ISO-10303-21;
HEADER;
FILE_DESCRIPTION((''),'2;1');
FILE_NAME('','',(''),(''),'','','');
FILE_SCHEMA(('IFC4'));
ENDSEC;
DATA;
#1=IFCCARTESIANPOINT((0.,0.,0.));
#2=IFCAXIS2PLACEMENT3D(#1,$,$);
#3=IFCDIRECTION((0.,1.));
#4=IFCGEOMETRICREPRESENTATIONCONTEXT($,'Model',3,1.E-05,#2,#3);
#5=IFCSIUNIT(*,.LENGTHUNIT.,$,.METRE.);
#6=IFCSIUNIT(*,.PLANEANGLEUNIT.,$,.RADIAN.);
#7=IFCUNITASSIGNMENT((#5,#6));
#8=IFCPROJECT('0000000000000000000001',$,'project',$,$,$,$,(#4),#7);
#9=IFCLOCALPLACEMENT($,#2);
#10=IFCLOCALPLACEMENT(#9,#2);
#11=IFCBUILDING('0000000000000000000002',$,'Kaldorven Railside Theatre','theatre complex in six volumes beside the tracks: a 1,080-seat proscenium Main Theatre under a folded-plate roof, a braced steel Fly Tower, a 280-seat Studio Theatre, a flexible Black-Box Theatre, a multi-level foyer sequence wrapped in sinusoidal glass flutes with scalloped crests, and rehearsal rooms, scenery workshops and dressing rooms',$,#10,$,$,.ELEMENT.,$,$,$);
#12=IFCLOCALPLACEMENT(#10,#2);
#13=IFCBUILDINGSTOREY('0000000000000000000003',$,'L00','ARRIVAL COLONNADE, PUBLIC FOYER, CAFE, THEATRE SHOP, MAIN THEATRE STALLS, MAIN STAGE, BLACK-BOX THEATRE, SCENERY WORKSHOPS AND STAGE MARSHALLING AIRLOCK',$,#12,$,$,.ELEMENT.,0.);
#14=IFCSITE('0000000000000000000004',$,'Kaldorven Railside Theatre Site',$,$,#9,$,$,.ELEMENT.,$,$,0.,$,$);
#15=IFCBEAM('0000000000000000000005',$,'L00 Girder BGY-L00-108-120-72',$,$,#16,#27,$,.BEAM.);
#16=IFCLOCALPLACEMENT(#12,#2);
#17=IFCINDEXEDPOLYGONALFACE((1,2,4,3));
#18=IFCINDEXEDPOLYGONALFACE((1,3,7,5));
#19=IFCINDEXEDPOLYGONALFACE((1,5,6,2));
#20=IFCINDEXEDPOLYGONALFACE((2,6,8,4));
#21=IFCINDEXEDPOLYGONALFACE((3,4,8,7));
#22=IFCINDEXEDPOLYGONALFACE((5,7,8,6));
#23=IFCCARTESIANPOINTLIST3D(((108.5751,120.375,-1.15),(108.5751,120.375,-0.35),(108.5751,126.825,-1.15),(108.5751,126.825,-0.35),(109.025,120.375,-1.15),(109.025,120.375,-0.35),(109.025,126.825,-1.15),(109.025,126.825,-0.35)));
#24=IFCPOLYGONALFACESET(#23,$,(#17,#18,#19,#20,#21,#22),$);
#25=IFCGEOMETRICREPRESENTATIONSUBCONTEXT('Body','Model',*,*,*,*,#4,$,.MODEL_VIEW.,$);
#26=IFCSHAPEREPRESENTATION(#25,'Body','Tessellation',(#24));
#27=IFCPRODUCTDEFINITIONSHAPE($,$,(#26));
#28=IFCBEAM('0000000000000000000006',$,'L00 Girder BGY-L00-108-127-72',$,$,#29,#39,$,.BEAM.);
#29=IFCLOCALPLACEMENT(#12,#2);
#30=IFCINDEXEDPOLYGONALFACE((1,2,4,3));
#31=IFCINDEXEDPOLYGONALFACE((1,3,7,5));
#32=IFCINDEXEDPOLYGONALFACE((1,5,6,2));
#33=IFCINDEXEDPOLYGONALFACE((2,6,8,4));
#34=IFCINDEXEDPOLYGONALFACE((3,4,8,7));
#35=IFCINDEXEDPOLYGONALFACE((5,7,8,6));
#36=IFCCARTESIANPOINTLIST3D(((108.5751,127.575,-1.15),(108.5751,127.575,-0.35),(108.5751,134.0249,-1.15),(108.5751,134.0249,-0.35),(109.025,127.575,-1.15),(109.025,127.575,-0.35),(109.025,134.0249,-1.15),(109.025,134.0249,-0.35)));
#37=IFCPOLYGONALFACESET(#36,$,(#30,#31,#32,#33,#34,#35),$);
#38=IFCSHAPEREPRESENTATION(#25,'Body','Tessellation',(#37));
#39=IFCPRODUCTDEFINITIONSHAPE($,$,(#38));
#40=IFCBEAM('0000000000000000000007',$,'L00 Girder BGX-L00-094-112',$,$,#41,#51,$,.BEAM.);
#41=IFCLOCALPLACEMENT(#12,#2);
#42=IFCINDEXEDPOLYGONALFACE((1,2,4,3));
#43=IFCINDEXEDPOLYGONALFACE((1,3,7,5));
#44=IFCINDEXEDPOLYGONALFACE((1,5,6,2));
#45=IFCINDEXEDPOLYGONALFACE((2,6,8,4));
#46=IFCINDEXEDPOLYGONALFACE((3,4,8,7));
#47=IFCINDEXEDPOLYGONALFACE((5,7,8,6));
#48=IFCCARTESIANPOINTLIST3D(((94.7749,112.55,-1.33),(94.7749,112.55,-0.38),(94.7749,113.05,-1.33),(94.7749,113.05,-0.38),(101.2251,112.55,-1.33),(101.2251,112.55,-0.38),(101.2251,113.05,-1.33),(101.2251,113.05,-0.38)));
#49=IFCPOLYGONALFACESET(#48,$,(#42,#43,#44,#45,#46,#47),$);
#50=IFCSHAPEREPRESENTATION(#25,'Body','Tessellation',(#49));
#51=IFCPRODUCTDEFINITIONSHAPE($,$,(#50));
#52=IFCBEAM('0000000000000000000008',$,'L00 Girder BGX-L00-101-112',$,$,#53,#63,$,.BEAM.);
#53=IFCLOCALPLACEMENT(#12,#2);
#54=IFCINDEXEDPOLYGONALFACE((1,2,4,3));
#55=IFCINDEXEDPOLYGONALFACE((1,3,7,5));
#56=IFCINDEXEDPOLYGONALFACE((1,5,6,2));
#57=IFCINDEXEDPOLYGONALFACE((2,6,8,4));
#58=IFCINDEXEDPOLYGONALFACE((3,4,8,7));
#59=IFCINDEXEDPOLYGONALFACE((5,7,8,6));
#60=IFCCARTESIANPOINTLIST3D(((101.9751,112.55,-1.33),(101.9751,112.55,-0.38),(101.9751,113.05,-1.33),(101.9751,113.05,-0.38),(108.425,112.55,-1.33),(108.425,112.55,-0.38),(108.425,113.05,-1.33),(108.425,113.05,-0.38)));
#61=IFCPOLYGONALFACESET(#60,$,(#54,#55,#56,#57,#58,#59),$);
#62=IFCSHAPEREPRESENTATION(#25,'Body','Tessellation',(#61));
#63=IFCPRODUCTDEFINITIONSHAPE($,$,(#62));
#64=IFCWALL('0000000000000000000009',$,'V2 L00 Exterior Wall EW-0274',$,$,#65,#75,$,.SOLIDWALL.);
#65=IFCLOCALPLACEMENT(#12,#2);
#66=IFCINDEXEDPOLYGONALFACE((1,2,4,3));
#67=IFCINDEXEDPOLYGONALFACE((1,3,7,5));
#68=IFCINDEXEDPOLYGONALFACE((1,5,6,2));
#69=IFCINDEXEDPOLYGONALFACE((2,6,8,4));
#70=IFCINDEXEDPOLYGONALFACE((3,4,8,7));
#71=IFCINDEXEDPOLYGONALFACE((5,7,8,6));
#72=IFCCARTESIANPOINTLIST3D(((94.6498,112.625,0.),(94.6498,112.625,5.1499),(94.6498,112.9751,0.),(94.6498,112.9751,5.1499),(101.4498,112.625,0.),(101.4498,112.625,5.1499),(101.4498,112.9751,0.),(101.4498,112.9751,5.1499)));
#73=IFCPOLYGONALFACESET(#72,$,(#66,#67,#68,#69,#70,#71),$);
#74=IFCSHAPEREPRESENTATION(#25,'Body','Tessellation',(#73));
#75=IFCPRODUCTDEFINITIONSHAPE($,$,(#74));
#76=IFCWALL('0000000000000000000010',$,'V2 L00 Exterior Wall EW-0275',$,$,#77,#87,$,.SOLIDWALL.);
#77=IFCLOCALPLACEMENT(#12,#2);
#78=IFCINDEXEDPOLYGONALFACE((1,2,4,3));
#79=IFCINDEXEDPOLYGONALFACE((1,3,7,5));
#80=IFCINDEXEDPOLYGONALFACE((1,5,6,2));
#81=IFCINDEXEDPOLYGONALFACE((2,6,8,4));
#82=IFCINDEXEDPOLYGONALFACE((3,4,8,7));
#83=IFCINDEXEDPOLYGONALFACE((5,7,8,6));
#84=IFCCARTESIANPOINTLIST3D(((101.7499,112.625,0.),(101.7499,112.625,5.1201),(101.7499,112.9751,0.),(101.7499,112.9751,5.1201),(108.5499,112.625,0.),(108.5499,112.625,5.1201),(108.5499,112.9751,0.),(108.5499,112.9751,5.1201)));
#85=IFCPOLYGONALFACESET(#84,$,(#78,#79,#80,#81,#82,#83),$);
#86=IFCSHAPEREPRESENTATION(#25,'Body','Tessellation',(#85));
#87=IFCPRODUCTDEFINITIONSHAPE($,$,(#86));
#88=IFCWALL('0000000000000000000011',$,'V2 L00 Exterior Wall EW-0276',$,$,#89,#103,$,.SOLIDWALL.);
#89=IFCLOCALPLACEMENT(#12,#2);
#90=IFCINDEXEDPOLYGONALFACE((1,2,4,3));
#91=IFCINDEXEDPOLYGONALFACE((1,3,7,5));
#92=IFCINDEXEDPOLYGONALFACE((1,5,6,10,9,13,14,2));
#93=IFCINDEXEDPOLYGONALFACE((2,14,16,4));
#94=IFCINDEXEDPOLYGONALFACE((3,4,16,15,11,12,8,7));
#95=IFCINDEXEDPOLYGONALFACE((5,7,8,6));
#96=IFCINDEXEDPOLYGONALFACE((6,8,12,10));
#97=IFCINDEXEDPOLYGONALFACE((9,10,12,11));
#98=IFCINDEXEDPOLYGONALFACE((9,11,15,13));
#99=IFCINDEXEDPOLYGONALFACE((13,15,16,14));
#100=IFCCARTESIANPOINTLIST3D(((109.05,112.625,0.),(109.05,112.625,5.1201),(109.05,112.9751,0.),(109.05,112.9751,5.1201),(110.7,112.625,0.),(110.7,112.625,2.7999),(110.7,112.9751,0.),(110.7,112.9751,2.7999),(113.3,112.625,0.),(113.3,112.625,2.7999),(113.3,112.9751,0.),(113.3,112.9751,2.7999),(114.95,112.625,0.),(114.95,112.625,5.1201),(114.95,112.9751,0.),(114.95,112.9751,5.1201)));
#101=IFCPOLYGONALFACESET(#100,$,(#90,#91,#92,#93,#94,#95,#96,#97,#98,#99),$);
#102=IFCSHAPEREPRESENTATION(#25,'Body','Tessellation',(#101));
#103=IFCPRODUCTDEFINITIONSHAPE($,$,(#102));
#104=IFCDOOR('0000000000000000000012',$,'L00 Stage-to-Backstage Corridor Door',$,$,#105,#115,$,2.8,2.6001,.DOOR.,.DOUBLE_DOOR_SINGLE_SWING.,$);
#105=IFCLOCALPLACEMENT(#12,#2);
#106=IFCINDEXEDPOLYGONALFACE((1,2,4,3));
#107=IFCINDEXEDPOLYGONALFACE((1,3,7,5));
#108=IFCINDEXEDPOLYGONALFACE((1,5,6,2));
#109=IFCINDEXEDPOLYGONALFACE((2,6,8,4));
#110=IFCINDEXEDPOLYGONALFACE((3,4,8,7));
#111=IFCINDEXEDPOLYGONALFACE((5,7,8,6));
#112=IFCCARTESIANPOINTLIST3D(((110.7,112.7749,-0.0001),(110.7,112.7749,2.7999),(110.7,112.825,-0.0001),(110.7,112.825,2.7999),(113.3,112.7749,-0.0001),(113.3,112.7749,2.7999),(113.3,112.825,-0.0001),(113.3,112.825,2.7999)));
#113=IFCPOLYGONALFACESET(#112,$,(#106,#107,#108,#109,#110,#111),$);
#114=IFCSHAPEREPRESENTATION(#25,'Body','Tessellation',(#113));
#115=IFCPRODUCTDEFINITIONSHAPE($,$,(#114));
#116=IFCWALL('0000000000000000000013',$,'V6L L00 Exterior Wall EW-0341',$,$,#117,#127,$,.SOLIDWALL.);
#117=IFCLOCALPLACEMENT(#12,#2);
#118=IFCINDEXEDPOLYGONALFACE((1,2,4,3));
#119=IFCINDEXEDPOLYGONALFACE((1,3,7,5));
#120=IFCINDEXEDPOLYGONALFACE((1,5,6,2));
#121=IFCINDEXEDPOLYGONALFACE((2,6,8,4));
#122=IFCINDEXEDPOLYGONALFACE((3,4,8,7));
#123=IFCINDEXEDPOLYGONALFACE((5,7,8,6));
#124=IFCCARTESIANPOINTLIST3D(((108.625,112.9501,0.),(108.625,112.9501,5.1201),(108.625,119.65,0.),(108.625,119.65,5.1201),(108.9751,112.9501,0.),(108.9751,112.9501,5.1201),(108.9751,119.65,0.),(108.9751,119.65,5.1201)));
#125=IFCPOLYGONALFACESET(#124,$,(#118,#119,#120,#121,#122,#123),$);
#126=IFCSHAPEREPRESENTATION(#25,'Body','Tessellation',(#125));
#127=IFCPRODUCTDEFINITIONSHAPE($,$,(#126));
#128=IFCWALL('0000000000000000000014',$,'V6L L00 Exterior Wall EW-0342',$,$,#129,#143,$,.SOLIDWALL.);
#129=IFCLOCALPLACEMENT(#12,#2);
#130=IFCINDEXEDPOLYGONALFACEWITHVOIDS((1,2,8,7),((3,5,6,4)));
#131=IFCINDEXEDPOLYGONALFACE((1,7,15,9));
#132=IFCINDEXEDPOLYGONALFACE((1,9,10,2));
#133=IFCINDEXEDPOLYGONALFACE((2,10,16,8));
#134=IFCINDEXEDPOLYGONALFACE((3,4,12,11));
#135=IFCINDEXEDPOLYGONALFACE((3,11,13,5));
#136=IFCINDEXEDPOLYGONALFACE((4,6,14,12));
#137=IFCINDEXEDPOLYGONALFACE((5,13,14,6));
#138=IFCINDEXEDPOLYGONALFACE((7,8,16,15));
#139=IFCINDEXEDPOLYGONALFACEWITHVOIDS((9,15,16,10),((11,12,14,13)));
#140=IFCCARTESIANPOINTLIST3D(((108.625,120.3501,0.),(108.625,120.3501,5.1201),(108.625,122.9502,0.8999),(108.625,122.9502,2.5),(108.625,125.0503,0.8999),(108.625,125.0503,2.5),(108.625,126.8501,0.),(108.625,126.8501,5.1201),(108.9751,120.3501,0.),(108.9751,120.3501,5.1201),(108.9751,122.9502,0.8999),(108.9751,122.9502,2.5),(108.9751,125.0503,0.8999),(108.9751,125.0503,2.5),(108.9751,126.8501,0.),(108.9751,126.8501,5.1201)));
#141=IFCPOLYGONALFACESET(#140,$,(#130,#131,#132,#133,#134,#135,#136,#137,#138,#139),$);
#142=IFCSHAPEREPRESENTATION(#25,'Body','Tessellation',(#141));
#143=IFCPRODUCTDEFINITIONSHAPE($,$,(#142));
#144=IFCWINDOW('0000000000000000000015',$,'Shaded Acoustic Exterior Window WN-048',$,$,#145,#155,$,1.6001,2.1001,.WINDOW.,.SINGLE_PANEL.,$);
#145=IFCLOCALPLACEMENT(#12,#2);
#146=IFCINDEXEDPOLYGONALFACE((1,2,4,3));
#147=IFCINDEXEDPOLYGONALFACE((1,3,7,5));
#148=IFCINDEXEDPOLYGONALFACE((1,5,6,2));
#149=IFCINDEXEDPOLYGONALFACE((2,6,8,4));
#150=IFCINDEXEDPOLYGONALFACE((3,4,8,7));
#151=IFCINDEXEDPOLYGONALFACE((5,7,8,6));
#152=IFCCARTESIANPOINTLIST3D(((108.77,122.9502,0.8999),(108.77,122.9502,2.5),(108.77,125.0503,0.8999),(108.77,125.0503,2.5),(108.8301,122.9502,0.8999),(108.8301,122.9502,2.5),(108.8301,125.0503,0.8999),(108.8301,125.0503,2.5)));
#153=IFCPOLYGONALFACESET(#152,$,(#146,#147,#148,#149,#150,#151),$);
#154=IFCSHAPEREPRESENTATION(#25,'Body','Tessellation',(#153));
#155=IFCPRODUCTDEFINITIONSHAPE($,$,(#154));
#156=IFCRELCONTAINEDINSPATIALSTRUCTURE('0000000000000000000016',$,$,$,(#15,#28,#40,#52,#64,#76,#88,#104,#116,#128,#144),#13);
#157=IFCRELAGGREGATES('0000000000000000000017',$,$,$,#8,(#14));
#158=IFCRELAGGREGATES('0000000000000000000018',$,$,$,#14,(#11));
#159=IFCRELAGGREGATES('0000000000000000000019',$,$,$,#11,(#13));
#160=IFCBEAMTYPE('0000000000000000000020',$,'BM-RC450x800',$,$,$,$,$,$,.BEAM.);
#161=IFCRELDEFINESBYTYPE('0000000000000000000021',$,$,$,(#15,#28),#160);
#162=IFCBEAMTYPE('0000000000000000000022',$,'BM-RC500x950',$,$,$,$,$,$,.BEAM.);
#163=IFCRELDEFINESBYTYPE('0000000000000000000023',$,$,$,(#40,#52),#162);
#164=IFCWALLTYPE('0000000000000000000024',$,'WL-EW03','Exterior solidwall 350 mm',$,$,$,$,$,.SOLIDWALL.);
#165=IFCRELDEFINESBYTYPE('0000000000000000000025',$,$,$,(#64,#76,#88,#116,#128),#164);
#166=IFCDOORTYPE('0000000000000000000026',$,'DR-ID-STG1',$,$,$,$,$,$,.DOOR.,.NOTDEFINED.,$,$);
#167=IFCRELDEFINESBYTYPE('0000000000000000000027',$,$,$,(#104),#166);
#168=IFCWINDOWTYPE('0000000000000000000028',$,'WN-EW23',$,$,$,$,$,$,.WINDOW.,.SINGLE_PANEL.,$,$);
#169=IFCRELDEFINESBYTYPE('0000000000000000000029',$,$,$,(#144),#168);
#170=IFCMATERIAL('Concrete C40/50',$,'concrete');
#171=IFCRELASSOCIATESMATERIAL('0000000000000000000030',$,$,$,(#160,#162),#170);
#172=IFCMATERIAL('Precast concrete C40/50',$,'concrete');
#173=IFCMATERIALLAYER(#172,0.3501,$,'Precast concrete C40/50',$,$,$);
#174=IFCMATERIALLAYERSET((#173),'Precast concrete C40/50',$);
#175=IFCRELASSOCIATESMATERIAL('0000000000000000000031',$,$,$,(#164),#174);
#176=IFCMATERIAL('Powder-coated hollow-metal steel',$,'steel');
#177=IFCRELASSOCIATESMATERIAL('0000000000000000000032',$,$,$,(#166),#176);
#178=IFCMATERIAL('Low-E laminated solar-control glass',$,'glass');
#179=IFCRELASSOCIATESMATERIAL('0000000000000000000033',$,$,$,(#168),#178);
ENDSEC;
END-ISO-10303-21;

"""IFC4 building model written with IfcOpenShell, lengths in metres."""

from ifc_helpers import new_model, si_unit, direction, frame, frame_2d, origin, origin_2d, place, context, subcontext, project, spatial, rectangle, extrude, material, layer, layer_set, material_profile, profile_set, type_object, element, fill, save


model = new_model("IFC4")

# Units and contexts
model_context = context("Model", 3, precision=1e-05, world=origin(), true_north=direction((0.0, 1.0)))
body_context = subcontext(model_context, "Body", "Model", "MODEL_VIEW")
ifc_project = project(units=[si_unit("LENGTHUNIT", "METRE"), si_unit("PLANEANGLEUNIT", "RADIAN")], contexts=[model_context])

# Site, building, storey
site_placement = place(None, origin())
site = spatial("IfcSite", under=ifc_project, at=site_placement, Name="Kaldorven Railside Theatre Site", CompositionType="ELEMENT", RefElevation=0.0)
building_placement = place(site_placement, origin())
building = spatial("IfcBuilding", under=site, at=building_placement, Name="Kaldorven Railside Theatre", Description="theatre complex in six volumes beside the tracks: a 1,080-seat proscenium Main Theatre under a folded-plate roof, a braced steel Fly Tower, a 280-seat Studio Theatre, a flexible Black-Box Theatre, a multi-level foyer sequence wrapped in sinusoidal glass flutes with scalloped crests, and rehearsal rooms, scenery workshops and dressing rooms", CompositionType="ELEMENT")
storey_placement = place(building_placement, origin())
storey = spatial("IfcBuildingStorey", under=building, at=storey_placement, Name="L00", Description="ARRIVAL COLONNADE, PUBLIC FOYER, CAFE, THEATRE SHOP, MAIN THEATRE STALLS, MAIN STAGE, BLACK-BOX THEATRE, SCENERY WORKSHOPS AND STAGE MARSHALLING AIRLOCK", CompositionType="ELEMENT", Elevation=0.0)

# Shared definitions
ifc_material_1 = material(Name="Concrete C40/50", Category="concrete")

# Beams
ifc_material_profile_1 = material_profile(ifc_material_1, rectangle(XDim=0.45, YDim=0.8, at=origin_2d()), Name="RC 450x800")
ifc_profile_set_1 = profile_set([ifc_material_profile_1], Name="Concrete C40/50")
beam_type_1 = type_object("IfcBeamType", Name="BM-RC450x800", PredefinedType="BEAM", material=ifc_profile_set_1)
for number, where, z_axis, x_axis, name in (
    (1, (108.8, 120.375, -0.75), (0.0, 1.0, 0.0), (-1.0, 0.0, 0.0), "L00 Girder BGY-L00-108-120-72"),
    (2, (108.8, 127.575, -0.75), (0.0, 1.0, 0.0), (-1.0, 0.0, 0.0), "L00 Girder BGY-L00-108-127-72"),
):
    element("IfcBeam", number, at=place(storey_placement, frame(where, z_axis=z_axis, x_axis=x_axis)), inside=storey, type_object=beam_type_1, Name=name, PredefinedType="BEAM", context=body_context, shape_type="SweptSolid", body=[
        extrude(rectangle(XDim=0.45, YDim=0.8, at=origin_2d()), origin(), (0.0, 0.0, 1.0), 6.45),
    ])
ifc_material_profile_2 = material_profile(ifc_material_1, rectangle(XDim=0.5, YDim=0.95, at=origin_2d()), Name="RC 500x950")
ifc_profile_set_2 = profile_set([ifc_material_profile_2], Name="Concrete C40/50")
beam_type_2 = type_object("IfcBeamType", Name="BM-RC500x950", PredefinedType="BEAM", material=ifc_profile_set_2)
beam_1_placement = place(storey_placement, frame((94.7749, 112.8, -0.855), z_axis=(1.0, 0.0, 0.0), x_axis=(0.0, 1.0, 0.0)))
element("IfcBeam", 3, at=beam_1_placement, inside=storey, type_object=beam_type_2, Name="L00 Girder BGX-L00-094-112", PredefinedType="BEAM", context=body_context, shape_type="SweptSolid", body=[
    extrude(rectangle(XDim=0.5, YDim=0.95, at=origin_2d()), origin(), (0.0, 0.0, 1.0), 6.4502),
])
beam_2_placement = place(storey_placement, frame((101.9751, 112.8, -0.855), z_axis=(1.0, 0.0, 0.0), x_axis=(0.0, 1.0, 0.0)))
element("IfcBeam", 4, at=beam_2_placement, inside=storey, type_object=beam_type_2, Name="L00 Girder BGX-L00-101-112", PredefinedType="BEAM", context=body_context, shape_type="SweptSolid", body=[
    extrude(rectangle(XDim=0.5, YDim=0.95, at=origin_2d()), origin(), (0.0, 0.0, 1.0), 6.45),
])

# Walls
ifc_material_2 = material(Name="Precast concrete C40/50", Category="concrete")
ifc_layer_1 = layer(ifc_material_2, 0.3501, Name="Precast concrete C40/50")
ifc_layer_set_1 = layer_set([ifc_layer_1], Name="Precast concrete C40/50")
wall_type_1 = type_object("IfcWallType", Name="WL-EW03", Description="Exterior solidwall 350 mm", PredefinedType="SOLIDWALL", material=ifc_layer_set_1)
wall_1_placement = place(storey_placement, frame((94.6499, 112.8, 0.0), z_axis=(0.0, 0.0, 1.0), x_axis=(1.0, 0.0, 0.0)))
element("IfcWall", 5, at=wall_1_placement, inside=storey, type_object=wall_type_1, Name="V2 L00 Exterior Wall EW-0274", PredefinedType="SOLIDWALL", context=body_context, shape_type="SweptSolid", body=[
    extrude(rectangle(XDim=6.8, YDim=0.3501, at=frame_2d((3.3999, 0.0))), origin(), (0.0, 0.0, 1.0), 5.1499),
])
wall_2_placement = place(storey_placement, frame((101.75, 112.8, 0.0), z_axis=(0.0, 0.0, 1.0), x_axis=(1.0, 0.0, 0.0)))
element("IfcWall", 6, at=wall_2_placement, inside=storey, type_object=wall_type_1, Name="V2 L00 Exterior Wall EW-0275", PredefinedType="SOLIDWALL", context=body_context, shape_type="SweptSolid", body=[
    extrude(rectangle(XDim=6.8, YDim=0.3501, at=frame_2d((3.3999, 0.0))), origin(), (0.0, 0.0, 1.0), 5.1201),
])

# Wall, opening, door
wall_3_placement = place(storey_placement, frame((109.05, 112.8, 0.0), z_axis=(0.0, 0.0, 1.0), x_axis=(1.0, 0.0, 0.0)))
wall_3 = element("IfcWall", 7, at=wall_3_placement, inside=storey, type_object=wall_type_1, Name="V2 L00 Exterior Wall EW-0276", PredefinedType="SOLIDWALL", context=body_context, shape_type="SweptSolid", body=[
    extrude(rectangle(XDim=5.8999, YDim=0.3501, at=frame_2d((2.95, 0.0))), origin(), (0.0, 0.0, 1.0), 5.1201),
])
opening_1_placement = place(wall_3_placement, frame((1.6499, 0.0, 0.0)))
opening_1 = element("IfcOpeningElement", 8, at=opening_1_placement, cuts=wall_3, PredefinedType="OPENING", context=body_context, shape_type="SweptSolid", body=[
    extrude(rectangle(XDim=2.6001, YDim=2.8, at=frame_2d((1.3, 1.3999))), frame((0.0, 0.1851, 0.0), z_axis=(0.0, -1.0, 0.0), x_axis=(1.0, 0.0, 0.0)), (0.0, 0.0, 1.0), 0.3701),
])
ifc_material_3 = material(Name="Powder-coated hollow-metal steel", Category="steel")
door_type = type_object("IfcDoorType", Name="DR-ID-STG1", OperationType="NOTDEFINED", PredefinedType="DOOR", material=ifc_material_3)
door_placement = place(opening_1_placement, origin())
door = element("IfcDoor", 9, at=door_placement, inside=storey, type_object=door_type, Name="L00 Stage-to-Backstage Corridor Door", OperationType="DOUBLE_DOOR_SINGLE_SWING", OverallHeight=2.8, OverallWidth=2.6001, PredefinedType="DOOR", context=body_context, shape_type="SweptSolid", body=[
    extrude(rectangle(XDim=2.6001, YDim=2.8, at=frame_2d((1.3, 1.3999))), frame((0.0, 0.0249, 0.0), z_axis=(0.0, -1.0, 0.0), x_axis=(1.0, 0.0, 0.0)), (0.0, 0.0, 1.0), 0.05),
])
fill(opening_1, door)

# Wall
wall_4_placement = place(storey_placement, frame((108.8, 112.95, 0.0), z_axis=(0.0, 0.0, 1.0), x_axis=(0.0, 1.0, 0.0)))
element("IfcWall", 10, at=wall_4_placement, inside=storey, type_object=wall_type_1, Name="V6L L00 Exterior Wall EW-0341", PredefinedType="SOLIDWALL", context=body_context, shape_type="SweptSolid", body=[
    extrude(rectangle(XDim=6.7, YDim=0.3501, at=frame_2d((3.3501, 0.0))), origin(), (0.0, 0.0, 1.0), 5.1201),
])

# Wall, opening, window
wall_5_placement = place(storey_placement, frame((108.8, 120.3501, 0.0), z_axis=(0.0, 0.0, 1.0), x_axis=(0.0, 1.0, 0.0)))
wall_5 = element("IfcWall", 11, at=wall_5_placement, inside=storey, type_object=wall_type_1, Name="V6L L00 Exterior Wall EW-0342", PredefinedType="SOLIDWALL", context=body_context, shape_type="SweptSolid", body=[
    extrude(rectangle(XDim=6.5, YDim=0.3501, at=frame_2d((3.25, 0.0))), origin(), (0.0, 0.0, 1.0), 5.1201),
])
opening_2_placement = place(wall_5_placement, frame((2.6001, 0.0, 0.8999)))
opening_2 = element("IfcOpeningElement", 12, at=opening_2_placement, cuts=wall_5, PredefinedType="OPENING", context=body_context, shape_type="SweptSolid", body=[
    extrude(rectangle(XDim=2.1001, YDim=1.6001, at=frame_2d((1.05, 0.8))), frame((0.0, 0.1851, 0.0), z_axis=(0.0, -1.0, 0.0), x_axis=(1.0, 0.0, 0.0)), (0.0, 0.0, 1.0), 0.3701),
])
ifc_material_4 = material(Name="Low-E laminated solar-control glass", Category="glass")
window_type_1 = type_object("IfcWindowType", Name="WN-EW23", PartitioningType="SINGLE_PANEL", PredefinedType="WINDOW", material=ifc_material_4)
window_1_placement = place(opening_2_placement, origin())
window_1 = element("IfcWindow", 13, at=window_1_placement, inside=storey, type_object=window_type_1, Name="Shaded Acoustic Exterior Window WN-048", OverallHeight=1.6001, OverallWidth=2.1001, PartitioningType="SINGLE_PANEL", PredefinedType="WINDOW", context=body_context, shape_type="SweptSolid", body=[
    extrude(rectangle(XDim=2.1001, YDim=1.6001, at=frame_2d((1.05, 0.8))), frame((0.0, 0.03, 0.0), z_axis=(0.0, -1.0, 0.0), x_axis=(1.0, 0.0, 0.0)), (0.0, 0.0, 1.0), 0.0601),
])
fill(opening_2, window_1)

save(model, "model.ifc")
